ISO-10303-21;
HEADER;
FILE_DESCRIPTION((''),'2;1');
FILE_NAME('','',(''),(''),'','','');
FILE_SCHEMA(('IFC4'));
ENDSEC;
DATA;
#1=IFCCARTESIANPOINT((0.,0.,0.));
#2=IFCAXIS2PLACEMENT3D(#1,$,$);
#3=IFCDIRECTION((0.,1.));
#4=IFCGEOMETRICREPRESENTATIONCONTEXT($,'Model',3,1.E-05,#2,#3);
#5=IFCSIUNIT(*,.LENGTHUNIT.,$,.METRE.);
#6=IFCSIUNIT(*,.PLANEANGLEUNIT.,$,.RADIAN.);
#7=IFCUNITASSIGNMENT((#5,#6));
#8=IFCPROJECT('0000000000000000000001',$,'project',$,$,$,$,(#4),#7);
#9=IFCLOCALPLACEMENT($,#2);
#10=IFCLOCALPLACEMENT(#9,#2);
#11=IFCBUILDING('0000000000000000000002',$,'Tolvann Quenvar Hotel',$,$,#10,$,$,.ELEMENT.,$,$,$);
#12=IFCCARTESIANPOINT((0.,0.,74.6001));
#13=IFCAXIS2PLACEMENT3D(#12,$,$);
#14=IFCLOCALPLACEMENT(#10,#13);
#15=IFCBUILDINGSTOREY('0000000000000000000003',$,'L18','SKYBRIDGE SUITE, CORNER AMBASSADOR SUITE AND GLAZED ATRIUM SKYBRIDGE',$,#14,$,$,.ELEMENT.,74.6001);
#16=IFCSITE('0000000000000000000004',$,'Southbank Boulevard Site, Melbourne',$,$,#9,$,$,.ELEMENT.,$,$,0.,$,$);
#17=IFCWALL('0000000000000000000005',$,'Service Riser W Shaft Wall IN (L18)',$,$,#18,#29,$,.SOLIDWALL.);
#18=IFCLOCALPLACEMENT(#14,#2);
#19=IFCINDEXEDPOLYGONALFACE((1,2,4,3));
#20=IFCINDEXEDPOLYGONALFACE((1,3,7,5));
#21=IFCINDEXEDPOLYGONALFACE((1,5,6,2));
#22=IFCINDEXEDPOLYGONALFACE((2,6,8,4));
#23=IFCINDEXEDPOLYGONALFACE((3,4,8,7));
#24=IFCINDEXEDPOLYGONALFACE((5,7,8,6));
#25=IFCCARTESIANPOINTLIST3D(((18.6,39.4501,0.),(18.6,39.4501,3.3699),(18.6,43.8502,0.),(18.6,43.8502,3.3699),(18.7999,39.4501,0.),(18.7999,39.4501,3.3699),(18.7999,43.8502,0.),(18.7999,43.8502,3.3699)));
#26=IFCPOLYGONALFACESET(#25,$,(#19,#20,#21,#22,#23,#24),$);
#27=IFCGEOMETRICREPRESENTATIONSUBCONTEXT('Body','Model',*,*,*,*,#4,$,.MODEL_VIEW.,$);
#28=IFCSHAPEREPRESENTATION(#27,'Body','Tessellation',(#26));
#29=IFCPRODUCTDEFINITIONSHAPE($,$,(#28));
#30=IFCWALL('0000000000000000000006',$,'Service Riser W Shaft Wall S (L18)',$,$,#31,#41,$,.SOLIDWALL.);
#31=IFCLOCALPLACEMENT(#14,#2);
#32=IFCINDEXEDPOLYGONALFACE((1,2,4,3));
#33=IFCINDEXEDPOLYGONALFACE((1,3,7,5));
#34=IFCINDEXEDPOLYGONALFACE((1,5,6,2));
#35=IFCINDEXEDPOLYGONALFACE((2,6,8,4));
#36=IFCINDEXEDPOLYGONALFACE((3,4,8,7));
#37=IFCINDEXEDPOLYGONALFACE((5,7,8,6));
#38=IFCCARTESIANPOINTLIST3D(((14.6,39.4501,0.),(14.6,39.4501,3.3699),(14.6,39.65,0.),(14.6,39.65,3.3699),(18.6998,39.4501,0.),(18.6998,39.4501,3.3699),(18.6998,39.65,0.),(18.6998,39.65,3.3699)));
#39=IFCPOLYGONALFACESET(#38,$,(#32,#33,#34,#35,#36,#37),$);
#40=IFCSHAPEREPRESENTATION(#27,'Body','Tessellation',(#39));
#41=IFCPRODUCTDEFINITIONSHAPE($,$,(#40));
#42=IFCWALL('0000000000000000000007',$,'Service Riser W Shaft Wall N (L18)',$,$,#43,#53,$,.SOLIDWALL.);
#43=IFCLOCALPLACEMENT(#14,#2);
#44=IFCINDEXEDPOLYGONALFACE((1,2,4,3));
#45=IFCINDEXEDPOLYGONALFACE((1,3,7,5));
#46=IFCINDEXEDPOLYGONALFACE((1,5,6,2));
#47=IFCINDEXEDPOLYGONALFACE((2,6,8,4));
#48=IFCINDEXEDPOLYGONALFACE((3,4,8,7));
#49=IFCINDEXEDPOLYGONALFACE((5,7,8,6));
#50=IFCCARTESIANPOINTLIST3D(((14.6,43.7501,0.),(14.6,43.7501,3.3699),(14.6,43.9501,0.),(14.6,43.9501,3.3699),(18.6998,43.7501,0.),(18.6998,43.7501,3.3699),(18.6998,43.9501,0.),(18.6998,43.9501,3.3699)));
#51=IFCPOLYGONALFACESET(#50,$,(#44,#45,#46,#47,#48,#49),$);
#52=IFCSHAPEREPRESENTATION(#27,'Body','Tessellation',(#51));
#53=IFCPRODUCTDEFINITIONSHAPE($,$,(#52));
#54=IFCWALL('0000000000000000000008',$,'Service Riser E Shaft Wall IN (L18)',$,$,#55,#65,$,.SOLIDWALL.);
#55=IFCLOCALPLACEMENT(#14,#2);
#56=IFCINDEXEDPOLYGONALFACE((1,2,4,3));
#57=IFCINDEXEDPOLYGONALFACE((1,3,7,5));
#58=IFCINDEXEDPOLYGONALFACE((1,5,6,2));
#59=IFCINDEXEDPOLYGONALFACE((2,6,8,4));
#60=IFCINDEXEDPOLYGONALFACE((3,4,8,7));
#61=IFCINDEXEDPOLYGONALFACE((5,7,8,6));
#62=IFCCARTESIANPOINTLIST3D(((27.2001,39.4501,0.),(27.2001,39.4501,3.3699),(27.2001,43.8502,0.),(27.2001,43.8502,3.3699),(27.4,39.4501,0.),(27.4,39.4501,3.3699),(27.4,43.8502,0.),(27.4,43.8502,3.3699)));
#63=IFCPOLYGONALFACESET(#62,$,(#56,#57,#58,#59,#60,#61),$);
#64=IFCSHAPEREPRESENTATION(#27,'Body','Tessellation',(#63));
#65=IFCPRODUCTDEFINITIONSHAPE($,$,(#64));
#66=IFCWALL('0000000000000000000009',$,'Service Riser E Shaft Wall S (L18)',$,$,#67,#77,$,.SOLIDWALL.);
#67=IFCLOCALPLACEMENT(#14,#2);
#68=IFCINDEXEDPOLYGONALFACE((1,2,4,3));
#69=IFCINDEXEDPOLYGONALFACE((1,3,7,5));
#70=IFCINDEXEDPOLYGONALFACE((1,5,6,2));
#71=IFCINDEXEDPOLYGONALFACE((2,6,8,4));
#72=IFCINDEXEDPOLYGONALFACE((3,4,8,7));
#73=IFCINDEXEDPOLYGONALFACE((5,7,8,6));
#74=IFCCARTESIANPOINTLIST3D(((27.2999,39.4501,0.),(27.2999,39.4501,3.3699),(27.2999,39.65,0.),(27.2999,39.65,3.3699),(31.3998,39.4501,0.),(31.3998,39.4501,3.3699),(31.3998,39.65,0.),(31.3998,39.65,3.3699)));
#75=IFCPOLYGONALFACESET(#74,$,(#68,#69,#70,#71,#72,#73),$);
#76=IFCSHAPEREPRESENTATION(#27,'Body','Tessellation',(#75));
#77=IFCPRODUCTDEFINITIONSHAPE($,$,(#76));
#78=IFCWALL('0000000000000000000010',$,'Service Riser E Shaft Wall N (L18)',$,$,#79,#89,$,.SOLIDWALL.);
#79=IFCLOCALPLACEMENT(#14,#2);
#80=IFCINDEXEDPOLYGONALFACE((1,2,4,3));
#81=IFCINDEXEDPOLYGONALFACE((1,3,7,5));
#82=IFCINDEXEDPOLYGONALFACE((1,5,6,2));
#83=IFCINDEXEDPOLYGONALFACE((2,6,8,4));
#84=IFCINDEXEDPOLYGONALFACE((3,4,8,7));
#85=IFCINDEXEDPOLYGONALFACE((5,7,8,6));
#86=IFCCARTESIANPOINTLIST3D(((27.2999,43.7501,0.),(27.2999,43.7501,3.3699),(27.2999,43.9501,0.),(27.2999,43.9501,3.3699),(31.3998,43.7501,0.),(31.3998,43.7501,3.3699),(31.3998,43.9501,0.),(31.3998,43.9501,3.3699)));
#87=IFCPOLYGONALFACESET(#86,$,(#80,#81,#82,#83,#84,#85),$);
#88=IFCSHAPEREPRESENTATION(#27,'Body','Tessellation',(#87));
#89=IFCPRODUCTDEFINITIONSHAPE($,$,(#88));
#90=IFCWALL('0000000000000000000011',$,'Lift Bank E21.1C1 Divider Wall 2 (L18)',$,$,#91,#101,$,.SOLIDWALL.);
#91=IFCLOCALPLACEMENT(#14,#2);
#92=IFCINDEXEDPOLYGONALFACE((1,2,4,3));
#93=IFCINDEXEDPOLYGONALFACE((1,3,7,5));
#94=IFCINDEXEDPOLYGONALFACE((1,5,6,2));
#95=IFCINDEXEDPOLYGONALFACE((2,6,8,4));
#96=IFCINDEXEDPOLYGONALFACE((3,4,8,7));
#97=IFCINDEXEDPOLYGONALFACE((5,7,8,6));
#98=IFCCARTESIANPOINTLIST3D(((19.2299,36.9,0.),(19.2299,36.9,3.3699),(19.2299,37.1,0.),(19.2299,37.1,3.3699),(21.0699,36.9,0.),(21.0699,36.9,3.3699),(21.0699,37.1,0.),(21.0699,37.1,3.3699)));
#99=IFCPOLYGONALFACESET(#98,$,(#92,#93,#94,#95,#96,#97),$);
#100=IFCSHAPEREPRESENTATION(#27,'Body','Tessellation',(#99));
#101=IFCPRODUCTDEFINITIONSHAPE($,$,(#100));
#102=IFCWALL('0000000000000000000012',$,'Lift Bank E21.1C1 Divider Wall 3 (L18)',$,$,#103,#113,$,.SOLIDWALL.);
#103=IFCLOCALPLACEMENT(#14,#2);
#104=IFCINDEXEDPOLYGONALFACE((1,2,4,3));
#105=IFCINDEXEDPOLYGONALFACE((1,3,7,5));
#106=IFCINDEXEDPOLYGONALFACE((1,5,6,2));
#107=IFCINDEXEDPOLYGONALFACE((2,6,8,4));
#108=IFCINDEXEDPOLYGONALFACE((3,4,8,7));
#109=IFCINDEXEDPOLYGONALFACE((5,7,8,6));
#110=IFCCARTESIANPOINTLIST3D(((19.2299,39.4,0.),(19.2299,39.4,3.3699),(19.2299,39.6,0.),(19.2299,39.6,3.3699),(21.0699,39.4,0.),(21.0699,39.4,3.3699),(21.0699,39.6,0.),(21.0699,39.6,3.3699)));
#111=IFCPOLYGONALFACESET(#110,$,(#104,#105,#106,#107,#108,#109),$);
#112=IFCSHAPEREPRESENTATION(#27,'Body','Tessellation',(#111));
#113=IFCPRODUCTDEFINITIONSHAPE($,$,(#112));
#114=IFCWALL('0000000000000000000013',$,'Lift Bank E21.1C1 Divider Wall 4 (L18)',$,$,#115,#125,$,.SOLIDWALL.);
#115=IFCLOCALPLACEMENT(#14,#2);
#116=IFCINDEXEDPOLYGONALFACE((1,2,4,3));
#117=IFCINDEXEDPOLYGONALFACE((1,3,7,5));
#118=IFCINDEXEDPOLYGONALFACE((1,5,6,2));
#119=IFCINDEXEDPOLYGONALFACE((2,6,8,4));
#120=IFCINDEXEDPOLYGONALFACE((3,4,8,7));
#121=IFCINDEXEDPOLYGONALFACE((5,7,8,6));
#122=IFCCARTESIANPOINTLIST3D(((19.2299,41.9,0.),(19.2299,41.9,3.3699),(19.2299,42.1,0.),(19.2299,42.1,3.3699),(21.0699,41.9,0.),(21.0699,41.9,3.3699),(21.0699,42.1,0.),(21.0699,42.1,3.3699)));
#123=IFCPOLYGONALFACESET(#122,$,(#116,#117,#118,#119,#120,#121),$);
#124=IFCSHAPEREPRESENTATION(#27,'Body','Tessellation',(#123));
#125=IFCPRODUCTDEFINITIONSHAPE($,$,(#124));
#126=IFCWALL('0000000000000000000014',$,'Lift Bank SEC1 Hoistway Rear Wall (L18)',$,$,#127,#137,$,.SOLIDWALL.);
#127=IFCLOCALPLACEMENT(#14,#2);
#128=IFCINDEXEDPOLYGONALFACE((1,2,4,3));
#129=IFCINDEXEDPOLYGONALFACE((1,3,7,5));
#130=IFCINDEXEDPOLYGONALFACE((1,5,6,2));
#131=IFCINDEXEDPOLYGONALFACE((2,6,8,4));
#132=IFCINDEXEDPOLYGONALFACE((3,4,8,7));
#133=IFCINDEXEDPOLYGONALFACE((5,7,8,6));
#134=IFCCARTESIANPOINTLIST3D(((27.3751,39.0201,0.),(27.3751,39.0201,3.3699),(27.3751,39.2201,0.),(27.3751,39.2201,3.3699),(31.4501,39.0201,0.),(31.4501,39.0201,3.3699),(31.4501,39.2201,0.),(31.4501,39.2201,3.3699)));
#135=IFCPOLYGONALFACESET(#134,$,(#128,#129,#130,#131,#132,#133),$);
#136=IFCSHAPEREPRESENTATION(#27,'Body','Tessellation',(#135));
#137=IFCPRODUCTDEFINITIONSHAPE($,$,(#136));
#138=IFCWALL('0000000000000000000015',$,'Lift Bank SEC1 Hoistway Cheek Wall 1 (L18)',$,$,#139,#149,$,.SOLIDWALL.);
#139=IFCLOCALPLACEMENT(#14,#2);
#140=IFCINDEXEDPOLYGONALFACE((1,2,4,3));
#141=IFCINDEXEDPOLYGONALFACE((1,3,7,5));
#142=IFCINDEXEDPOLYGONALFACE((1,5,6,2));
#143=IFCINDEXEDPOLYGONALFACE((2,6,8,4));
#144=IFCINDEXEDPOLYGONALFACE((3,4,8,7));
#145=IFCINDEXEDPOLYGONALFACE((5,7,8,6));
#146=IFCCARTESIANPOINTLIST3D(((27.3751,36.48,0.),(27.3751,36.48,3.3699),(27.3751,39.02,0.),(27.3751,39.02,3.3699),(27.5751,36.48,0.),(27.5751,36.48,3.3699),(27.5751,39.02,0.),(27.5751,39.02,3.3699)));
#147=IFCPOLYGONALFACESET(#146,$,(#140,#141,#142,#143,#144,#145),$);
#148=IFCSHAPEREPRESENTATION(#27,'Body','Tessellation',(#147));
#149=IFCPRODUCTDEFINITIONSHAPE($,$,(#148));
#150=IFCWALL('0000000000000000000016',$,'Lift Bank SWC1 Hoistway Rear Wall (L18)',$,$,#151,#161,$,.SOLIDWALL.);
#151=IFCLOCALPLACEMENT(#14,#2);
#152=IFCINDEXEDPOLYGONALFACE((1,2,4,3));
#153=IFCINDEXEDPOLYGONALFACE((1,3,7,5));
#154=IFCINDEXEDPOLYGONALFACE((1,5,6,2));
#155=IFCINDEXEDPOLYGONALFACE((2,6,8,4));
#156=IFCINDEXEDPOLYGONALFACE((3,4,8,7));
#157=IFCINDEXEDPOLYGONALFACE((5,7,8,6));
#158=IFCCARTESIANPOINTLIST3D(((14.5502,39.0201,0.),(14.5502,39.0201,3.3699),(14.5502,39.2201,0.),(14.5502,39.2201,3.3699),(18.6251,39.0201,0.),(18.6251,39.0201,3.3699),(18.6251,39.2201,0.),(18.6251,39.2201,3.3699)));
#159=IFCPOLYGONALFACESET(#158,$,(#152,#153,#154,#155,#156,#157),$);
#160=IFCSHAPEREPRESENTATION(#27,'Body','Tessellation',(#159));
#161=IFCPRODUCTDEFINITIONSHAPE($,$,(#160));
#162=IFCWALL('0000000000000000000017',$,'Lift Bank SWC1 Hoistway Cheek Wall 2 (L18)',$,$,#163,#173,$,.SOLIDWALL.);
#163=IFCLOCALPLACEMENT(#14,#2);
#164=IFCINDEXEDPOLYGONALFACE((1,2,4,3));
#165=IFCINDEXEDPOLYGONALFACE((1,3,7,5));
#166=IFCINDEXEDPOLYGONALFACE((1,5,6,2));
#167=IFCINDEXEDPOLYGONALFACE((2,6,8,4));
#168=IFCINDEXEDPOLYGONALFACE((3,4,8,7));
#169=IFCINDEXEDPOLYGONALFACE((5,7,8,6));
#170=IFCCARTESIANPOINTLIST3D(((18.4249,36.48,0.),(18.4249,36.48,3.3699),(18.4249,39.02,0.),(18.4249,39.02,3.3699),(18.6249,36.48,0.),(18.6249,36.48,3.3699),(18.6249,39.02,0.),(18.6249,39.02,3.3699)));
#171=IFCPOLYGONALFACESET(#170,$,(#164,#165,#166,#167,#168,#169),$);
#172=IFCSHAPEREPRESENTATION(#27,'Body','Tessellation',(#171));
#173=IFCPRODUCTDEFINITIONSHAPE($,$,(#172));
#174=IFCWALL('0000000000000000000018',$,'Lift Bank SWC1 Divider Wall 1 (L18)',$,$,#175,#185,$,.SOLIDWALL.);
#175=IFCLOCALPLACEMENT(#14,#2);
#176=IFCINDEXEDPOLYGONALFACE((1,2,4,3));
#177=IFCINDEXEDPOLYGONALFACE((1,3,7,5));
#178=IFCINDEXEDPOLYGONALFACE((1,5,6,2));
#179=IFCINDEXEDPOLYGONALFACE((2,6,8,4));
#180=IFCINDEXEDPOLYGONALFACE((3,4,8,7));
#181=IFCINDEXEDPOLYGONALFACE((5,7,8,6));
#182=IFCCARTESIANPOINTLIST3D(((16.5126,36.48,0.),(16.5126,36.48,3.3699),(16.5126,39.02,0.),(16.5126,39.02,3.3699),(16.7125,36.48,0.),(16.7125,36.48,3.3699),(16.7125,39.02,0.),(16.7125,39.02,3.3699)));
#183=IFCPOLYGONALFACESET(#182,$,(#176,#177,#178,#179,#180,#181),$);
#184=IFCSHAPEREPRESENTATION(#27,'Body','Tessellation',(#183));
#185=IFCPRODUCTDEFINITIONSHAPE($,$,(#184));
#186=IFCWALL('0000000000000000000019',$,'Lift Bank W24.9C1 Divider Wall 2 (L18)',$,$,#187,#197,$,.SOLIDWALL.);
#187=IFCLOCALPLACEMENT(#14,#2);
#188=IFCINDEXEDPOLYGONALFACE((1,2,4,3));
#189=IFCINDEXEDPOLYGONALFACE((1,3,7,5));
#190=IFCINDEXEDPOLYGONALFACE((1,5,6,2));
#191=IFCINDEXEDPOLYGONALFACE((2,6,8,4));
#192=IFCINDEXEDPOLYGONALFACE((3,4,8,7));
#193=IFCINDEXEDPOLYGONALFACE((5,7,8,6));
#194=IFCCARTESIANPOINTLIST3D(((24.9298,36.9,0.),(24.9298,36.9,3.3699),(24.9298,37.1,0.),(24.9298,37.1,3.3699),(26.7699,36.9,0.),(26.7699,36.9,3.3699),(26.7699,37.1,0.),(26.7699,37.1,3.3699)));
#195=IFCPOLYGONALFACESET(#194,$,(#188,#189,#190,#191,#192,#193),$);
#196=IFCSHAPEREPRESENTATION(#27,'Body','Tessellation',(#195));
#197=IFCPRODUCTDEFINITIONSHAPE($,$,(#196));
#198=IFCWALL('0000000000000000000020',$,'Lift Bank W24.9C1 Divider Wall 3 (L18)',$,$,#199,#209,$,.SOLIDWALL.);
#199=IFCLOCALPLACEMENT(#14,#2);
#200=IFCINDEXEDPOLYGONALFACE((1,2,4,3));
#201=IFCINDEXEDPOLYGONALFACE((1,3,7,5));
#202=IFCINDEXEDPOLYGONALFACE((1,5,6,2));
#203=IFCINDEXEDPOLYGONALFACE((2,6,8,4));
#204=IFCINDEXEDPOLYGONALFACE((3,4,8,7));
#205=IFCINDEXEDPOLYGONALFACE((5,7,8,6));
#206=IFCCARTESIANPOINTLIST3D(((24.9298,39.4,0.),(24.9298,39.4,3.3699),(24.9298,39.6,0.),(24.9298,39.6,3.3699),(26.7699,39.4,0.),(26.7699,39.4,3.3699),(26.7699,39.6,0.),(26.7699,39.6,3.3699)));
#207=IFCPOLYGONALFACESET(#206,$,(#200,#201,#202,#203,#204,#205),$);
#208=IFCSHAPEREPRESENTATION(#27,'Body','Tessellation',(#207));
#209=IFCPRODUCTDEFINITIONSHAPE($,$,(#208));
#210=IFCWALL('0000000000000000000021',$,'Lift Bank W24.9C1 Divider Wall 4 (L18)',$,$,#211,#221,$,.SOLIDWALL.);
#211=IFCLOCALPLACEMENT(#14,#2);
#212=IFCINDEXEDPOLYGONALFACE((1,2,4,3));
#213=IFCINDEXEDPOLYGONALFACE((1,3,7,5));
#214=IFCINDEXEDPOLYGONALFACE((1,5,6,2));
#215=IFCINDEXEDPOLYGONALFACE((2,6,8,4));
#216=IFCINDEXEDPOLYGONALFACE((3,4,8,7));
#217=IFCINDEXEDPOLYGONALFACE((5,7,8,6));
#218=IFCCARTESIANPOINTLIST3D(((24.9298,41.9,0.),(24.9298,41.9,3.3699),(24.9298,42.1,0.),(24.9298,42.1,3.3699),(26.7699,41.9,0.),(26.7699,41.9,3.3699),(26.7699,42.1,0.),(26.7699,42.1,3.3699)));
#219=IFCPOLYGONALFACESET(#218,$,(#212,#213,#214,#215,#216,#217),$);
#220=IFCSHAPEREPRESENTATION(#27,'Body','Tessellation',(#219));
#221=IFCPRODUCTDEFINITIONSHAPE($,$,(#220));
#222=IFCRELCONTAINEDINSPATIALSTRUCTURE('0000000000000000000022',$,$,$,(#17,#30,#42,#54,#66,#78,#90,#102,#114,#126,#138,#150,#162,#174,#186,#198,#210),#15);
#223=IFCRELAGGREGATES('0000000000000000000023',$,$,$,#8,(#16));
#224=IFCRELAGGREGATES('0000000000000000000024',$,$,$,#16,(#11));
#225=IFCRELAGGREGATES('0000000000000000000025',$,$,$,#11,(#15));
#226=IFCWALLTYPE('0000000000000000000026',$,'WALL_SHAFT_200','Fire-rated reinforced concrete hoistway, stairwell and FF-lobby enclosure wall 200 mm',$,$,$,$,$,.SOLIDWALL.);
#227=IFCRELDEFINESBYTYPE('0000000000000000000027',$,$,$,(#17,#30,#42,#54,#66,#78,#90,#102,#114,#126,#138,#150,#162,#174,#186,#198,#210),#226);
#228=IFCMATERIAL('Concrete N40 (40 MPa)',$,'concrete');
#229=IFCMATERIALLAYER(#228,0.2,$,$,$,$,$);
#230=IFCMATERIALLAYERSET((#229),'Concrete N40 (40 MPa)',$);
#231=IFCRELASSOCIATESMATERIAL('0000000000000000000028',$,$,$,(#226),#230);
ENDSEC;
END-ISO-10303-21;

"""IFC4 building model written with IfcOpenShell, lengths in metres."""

from ifc_helpers import new_model, si_unit, direction, frame, frame_2d, origin, place, context, subcontext, project, spatial, rectangle, extrude, material, layer, layer_set, type_object, element, save


model = new_model("IFC4")

# Units and contexts
model_context = context("Model", 3, precision=1e-05, world=origin(), true_north=direction((0.0, 1.0)))
body_context = subcontext(model_context, "Body", "Model", "MODEL_VIEW")
ifc_project = project(units=[si_unit("LENGTHUNIT", "METRE"), si_unit("PLANEANGLEUNIT", "RADIAN")], contexts=[model_context])

# Site, building, storey
site_placement = place(None, origin())
site = spatial("IfcSite", under=ifc_project, at=site_placement, Name="Southbank Boulevard Site, Melbourne", CompositionType="ELEMENT", RefElevation=0.0)
building_placement = place(site_placement, origin())
building = spatial("IfcBuilding", under=site, at=building_placement, Name="Tolvann Quenvar Hotel", CompositionType="ELEMENT")
storey_placement = place(building_placement, frame((0.0, 0.0, 74.6001)))
storey = spatial("IfcBuildingStorey", under=building, at=storey_placement, Name="L18", Description="SKYBRIDGE SUITE, CORNER AMBASSADOR SUITE AND GLAZED ATRIUM SKYBRIDGE", CompositionType="ELEMENT", Elevation=74.6001)

# Walls
ifc_material = material(Name="Concrete N40 (40 MPa)", Category="concrete")
ifc_layer = layer(ifc_material, 0.2)
ifc_layer_set = layer_set([ifc_layer], Name="Concrete N40 (40 MPa)")
wall_type = type_object("IfcWallType", Name="WALL_SHAFT_200", Description="Fire-rated reinforced concrete hoistway, stairwell and FF-lobby enclosure wall 200 mm", PredefinedType="SOLIDWALL", material=ifc_layer_set)
wall_1_placement = place(storey_placement, frame((18.7, 39.45, 0.0), z_axis=(0.0, 0.0, 1.0), x_axis=(0.0, 1.0, 0.0)))
element("IfcWall", 1, at=wall_1_placement, inside=storey, type_object=wall_type, Name="Service Riser W Shaft Wall IN (L18)", PredefinedType="SOLIDWALL", context=body_context, shape_type="SweptSolid", body=[
    extrude(rectangle(XDim=4.4001, YDim=0.2, at=frame_2d((2.2002, 0.0))), origin(), (0.0, 0.0, 1.0), 3.3699),
])
for number, where, z_axis, x_axis, name in (
    (2, (14.6001, 39.55, 0.0), (0.0, 0.0, 1.0), (1.0, 0.0, 0.0), "Service Riser W Shaft Wall S (L18)"),
    (3, (14.6001, 43.8501, 0.0), (0.0, 0.0, 1.0), (1.0, 0.0, 0.0), "Service Riser W Shaft Wall N (L18)"),
):
    element("IfcWall", number, at=place(storey_placement, frame(where, z_axis=z_axis, x_axis=x_axis)), inside=storey, type_object=wall_type, Name=name, PredefinedType="SOLIDWALL", context=body_context, shape_type="SweptSolid", body=[
        extrude(rectangle(XDim=4.0999, YDim=0.2, at=frame_2d((2.0498, 0.0))), origin(), (0.0, 0.0, 1.0), 3.3699),
    ])
wall_2_placement = place(storey_placement, frame((27.3, 39.45, 0.0), z_axis=(0.0, 0.0, 1.0), x_axis=(0.0, 1.0, 0.0)))
element("IfcWall", 4, at=wall_2_placement, inside=storey, type_object=wall_type, Name="Service Riser E Shaft Wall IN (L18)", PredefinedType="SOLIDWALL", context=body_context, shape_type="SweptSolid", body=[
    extrude(rectangle(XDim=4.4001, YDim=0.2, at=frame_2d((2.2002, 0.0))), origin(), (0.0, 0.0, 1.0), 3.3699),
])
for number, where, z_axis, x_axis, name in (
    (5, (27.3, 39.55, 0.0), (0.0, 0.0, 1.0), (1.0, 0.0, 0.0), "Service Riser E Shaft Wall S (L18)"),
    (6, (27.3, 43.8501, 0.0), (0.0, 0.0, 1.0), (1.0, 0.0, 0.0), "Service Riser E Shaft Wall N (L18)"),
):
    element("IfcWall", number, at=place(storey_placement, frame(where, z_axis=z_axis, x_axis=x_axis)), inside=storey, type_object=wall_type, Name=name, PredefinedType="SOLIDWALL", context=body_context, shape_type="SweptSolid", body=[
        extrude(rectangle(XDim=4.0999, YDim=0.2, at=frame_2d((2.0498, 0.0))), origin(), (0.0, 0.0, 1.0), 3.3699),
    ])
for number, where, z_axis, x_axis, name in (
    (7, (19.23, 37.0, 0.0), (0.0, 0.0, 1.0), (1.0, 0.0, 0.0), "Lift Bank E21.1C1 Divider Wall 2 (L18)"),
    (8, (19.23, 39.5, 0.0), (0.0, 0.0, 1.0), (1.0, 0.0, 0.0), "Lift Bank E21.1C1 Divider Wall 3 (L18)"),
    (9, (19.23, 42.0, 0.0), (0.0, 0.0, 1.0), (1.0, 0.0, 0.0), "Lift Bank E21.1C1 Divider Wall 4 (L18)"),
):
    element("IfcWall", number, at=place(storey_placement, frame(where, z_axis=z_axis, x_axis=x_axis)), inside=storey, type_object=wall_type, Name=name, PredefinedType="SOLIDWALL", context=body_context, shape_type="SweptSolid", body=[
        extrude(rectangle(XDim=1.8401, YDim=0.2, at=frame_2d((0.9199, 0.0))), origin(), (0.0, 0.0, 1.0), 3.3699),
    ])
wall_3_placement = place(storey_placement, frame((27.375, 39.1201, 0.0), z_axis=(0.0, 0.0, 1.0), x_axis=(1.0, 0.0, 0.0)))
element("IfcWall", 10, at=wall_3_placement, inside=storey, type_object=wall_type, Name="Lift Bank SEC1 Hoistway Rear Wall (L18)", PredefinedType="SOLIDWALL", context=body_context, shape_type="SweptSolid", body=[
    extrude(rectangle(XDim=4.075, YDim=0.2, at=frame_2d((2.0376, 0.0))), origin(), (0.0, 0.0, 1.0), 3.3699),
])
wall_4_placement = place(storey_placement, frame((27.4751, 36.48, 0.0), z_axis=(0.0, 0.0, 1.0), x_axis=(0.0, 1.0, 0.0)))
element("IfcWall", 11, at=wall_4_placement, inside=storey, type_object=wall_type, Name="Lift Bank SEC1 Hoistway Cheek Wall 1 (L18)", PredefinedType="SOLIDWALL", context=body_context, shape_type="SweptSolid", body=[
    extrude(rectangle(XDim=2.54, YDim=0.2, at=frame_2d((1.27, 0.0))), origin(), (0.0, 0.0, 1.0), 3.3699),
])
wall_5_placement = place(storey_placement, frame((14.55, 39.1201, 0.0), z_axis=(0.0, 0.0, 1.0), x_axis=(1.0, 0.0, 0.0)))
element("IfcWall", 12, at=wall_5_placement, inside=storey, type_object=wall_type, Name="Lift Bank SWC1 Hoistway Rear Wall (L18)", PredefinedType="SOLIDWALL", context=body_context, shape_type="SweptSolid", body=[
    extrude(rectangle(XDim=4.075, YDim=0.2, at=frame_2d((2.0376, 0.0))), origin(), (0.0, 0.0, 1.0), 3.3699),
])
for number, where, z_axis, x_axis, name in (
    (13, (18.5249, 36.48, 0.0), (0.0, 0.0, 1.0), (0.0, 1.0, 0.0), "Lift Bank SWC1 Hoistway Cheek Wall 2 (L18)"),
    (14, (16.6125, 36.48, 0.0), (0.0, 0.0, 1.0), (0.0, 1.0, 0.0), "Lift Bank SWC1 Divider Wall 1 (L18)"),
):
    element("IfcWall", number, at=place(storey_placement, frame(where, z_axis=z_axis, x_axis=x_axis)), inside=storey, type_object=wall_type, Name=name, PredefinedType="SOLIDWALL", context=body_context, shape_type="SweptSolid", body=[
        extrude(rectangle(XDim=2.54, YDim=0.2, at=frame_2d((1.27, 0.0))), origin(), (0.0, 0.0, 1.0), 3.3699),
    ])
for number, where, z_axis, x_axis, name in (
    (15, (24.9299, 37.0, 0.0), (0.0, 0.0, 1.0), (1.0, 0.0, 0.0), "Lift Bank W24.9C1 Divider Wall 2 (L18)"),
    (16, (24.9299, 39.5, 0.0), (0.0, 0.0, 1.0), (1.0, 0.0, 0.0), "Lift Bank W24.9C1 Divider Wall 3 (L18)"),
    (17, (24.9299, 42.0, 0.0), (0.0, 0.0, 1.0), (1.0, 0.0, 0.0), "Lift Bank W24.9C1 Divider Wall 4 (L18)"),
):
    element("IfcWall", number, at=place(storey_placement, frame(where, z_axis=z_axis, x_axis=x_axis)), inside=storey, type_object=wall_type, Name=name, PredefinedType="SOLIDWALL", context=body_context, shape_type="SweptSolid", body=[
        extrude(rectangle(XDim=1.8401, YDim=0.2, at=frame_2d((0.9199, 0.0))), origin(), (0.0, 0.0, 1.0), 3.3699),
    ])

save(model, "model.ifc")
